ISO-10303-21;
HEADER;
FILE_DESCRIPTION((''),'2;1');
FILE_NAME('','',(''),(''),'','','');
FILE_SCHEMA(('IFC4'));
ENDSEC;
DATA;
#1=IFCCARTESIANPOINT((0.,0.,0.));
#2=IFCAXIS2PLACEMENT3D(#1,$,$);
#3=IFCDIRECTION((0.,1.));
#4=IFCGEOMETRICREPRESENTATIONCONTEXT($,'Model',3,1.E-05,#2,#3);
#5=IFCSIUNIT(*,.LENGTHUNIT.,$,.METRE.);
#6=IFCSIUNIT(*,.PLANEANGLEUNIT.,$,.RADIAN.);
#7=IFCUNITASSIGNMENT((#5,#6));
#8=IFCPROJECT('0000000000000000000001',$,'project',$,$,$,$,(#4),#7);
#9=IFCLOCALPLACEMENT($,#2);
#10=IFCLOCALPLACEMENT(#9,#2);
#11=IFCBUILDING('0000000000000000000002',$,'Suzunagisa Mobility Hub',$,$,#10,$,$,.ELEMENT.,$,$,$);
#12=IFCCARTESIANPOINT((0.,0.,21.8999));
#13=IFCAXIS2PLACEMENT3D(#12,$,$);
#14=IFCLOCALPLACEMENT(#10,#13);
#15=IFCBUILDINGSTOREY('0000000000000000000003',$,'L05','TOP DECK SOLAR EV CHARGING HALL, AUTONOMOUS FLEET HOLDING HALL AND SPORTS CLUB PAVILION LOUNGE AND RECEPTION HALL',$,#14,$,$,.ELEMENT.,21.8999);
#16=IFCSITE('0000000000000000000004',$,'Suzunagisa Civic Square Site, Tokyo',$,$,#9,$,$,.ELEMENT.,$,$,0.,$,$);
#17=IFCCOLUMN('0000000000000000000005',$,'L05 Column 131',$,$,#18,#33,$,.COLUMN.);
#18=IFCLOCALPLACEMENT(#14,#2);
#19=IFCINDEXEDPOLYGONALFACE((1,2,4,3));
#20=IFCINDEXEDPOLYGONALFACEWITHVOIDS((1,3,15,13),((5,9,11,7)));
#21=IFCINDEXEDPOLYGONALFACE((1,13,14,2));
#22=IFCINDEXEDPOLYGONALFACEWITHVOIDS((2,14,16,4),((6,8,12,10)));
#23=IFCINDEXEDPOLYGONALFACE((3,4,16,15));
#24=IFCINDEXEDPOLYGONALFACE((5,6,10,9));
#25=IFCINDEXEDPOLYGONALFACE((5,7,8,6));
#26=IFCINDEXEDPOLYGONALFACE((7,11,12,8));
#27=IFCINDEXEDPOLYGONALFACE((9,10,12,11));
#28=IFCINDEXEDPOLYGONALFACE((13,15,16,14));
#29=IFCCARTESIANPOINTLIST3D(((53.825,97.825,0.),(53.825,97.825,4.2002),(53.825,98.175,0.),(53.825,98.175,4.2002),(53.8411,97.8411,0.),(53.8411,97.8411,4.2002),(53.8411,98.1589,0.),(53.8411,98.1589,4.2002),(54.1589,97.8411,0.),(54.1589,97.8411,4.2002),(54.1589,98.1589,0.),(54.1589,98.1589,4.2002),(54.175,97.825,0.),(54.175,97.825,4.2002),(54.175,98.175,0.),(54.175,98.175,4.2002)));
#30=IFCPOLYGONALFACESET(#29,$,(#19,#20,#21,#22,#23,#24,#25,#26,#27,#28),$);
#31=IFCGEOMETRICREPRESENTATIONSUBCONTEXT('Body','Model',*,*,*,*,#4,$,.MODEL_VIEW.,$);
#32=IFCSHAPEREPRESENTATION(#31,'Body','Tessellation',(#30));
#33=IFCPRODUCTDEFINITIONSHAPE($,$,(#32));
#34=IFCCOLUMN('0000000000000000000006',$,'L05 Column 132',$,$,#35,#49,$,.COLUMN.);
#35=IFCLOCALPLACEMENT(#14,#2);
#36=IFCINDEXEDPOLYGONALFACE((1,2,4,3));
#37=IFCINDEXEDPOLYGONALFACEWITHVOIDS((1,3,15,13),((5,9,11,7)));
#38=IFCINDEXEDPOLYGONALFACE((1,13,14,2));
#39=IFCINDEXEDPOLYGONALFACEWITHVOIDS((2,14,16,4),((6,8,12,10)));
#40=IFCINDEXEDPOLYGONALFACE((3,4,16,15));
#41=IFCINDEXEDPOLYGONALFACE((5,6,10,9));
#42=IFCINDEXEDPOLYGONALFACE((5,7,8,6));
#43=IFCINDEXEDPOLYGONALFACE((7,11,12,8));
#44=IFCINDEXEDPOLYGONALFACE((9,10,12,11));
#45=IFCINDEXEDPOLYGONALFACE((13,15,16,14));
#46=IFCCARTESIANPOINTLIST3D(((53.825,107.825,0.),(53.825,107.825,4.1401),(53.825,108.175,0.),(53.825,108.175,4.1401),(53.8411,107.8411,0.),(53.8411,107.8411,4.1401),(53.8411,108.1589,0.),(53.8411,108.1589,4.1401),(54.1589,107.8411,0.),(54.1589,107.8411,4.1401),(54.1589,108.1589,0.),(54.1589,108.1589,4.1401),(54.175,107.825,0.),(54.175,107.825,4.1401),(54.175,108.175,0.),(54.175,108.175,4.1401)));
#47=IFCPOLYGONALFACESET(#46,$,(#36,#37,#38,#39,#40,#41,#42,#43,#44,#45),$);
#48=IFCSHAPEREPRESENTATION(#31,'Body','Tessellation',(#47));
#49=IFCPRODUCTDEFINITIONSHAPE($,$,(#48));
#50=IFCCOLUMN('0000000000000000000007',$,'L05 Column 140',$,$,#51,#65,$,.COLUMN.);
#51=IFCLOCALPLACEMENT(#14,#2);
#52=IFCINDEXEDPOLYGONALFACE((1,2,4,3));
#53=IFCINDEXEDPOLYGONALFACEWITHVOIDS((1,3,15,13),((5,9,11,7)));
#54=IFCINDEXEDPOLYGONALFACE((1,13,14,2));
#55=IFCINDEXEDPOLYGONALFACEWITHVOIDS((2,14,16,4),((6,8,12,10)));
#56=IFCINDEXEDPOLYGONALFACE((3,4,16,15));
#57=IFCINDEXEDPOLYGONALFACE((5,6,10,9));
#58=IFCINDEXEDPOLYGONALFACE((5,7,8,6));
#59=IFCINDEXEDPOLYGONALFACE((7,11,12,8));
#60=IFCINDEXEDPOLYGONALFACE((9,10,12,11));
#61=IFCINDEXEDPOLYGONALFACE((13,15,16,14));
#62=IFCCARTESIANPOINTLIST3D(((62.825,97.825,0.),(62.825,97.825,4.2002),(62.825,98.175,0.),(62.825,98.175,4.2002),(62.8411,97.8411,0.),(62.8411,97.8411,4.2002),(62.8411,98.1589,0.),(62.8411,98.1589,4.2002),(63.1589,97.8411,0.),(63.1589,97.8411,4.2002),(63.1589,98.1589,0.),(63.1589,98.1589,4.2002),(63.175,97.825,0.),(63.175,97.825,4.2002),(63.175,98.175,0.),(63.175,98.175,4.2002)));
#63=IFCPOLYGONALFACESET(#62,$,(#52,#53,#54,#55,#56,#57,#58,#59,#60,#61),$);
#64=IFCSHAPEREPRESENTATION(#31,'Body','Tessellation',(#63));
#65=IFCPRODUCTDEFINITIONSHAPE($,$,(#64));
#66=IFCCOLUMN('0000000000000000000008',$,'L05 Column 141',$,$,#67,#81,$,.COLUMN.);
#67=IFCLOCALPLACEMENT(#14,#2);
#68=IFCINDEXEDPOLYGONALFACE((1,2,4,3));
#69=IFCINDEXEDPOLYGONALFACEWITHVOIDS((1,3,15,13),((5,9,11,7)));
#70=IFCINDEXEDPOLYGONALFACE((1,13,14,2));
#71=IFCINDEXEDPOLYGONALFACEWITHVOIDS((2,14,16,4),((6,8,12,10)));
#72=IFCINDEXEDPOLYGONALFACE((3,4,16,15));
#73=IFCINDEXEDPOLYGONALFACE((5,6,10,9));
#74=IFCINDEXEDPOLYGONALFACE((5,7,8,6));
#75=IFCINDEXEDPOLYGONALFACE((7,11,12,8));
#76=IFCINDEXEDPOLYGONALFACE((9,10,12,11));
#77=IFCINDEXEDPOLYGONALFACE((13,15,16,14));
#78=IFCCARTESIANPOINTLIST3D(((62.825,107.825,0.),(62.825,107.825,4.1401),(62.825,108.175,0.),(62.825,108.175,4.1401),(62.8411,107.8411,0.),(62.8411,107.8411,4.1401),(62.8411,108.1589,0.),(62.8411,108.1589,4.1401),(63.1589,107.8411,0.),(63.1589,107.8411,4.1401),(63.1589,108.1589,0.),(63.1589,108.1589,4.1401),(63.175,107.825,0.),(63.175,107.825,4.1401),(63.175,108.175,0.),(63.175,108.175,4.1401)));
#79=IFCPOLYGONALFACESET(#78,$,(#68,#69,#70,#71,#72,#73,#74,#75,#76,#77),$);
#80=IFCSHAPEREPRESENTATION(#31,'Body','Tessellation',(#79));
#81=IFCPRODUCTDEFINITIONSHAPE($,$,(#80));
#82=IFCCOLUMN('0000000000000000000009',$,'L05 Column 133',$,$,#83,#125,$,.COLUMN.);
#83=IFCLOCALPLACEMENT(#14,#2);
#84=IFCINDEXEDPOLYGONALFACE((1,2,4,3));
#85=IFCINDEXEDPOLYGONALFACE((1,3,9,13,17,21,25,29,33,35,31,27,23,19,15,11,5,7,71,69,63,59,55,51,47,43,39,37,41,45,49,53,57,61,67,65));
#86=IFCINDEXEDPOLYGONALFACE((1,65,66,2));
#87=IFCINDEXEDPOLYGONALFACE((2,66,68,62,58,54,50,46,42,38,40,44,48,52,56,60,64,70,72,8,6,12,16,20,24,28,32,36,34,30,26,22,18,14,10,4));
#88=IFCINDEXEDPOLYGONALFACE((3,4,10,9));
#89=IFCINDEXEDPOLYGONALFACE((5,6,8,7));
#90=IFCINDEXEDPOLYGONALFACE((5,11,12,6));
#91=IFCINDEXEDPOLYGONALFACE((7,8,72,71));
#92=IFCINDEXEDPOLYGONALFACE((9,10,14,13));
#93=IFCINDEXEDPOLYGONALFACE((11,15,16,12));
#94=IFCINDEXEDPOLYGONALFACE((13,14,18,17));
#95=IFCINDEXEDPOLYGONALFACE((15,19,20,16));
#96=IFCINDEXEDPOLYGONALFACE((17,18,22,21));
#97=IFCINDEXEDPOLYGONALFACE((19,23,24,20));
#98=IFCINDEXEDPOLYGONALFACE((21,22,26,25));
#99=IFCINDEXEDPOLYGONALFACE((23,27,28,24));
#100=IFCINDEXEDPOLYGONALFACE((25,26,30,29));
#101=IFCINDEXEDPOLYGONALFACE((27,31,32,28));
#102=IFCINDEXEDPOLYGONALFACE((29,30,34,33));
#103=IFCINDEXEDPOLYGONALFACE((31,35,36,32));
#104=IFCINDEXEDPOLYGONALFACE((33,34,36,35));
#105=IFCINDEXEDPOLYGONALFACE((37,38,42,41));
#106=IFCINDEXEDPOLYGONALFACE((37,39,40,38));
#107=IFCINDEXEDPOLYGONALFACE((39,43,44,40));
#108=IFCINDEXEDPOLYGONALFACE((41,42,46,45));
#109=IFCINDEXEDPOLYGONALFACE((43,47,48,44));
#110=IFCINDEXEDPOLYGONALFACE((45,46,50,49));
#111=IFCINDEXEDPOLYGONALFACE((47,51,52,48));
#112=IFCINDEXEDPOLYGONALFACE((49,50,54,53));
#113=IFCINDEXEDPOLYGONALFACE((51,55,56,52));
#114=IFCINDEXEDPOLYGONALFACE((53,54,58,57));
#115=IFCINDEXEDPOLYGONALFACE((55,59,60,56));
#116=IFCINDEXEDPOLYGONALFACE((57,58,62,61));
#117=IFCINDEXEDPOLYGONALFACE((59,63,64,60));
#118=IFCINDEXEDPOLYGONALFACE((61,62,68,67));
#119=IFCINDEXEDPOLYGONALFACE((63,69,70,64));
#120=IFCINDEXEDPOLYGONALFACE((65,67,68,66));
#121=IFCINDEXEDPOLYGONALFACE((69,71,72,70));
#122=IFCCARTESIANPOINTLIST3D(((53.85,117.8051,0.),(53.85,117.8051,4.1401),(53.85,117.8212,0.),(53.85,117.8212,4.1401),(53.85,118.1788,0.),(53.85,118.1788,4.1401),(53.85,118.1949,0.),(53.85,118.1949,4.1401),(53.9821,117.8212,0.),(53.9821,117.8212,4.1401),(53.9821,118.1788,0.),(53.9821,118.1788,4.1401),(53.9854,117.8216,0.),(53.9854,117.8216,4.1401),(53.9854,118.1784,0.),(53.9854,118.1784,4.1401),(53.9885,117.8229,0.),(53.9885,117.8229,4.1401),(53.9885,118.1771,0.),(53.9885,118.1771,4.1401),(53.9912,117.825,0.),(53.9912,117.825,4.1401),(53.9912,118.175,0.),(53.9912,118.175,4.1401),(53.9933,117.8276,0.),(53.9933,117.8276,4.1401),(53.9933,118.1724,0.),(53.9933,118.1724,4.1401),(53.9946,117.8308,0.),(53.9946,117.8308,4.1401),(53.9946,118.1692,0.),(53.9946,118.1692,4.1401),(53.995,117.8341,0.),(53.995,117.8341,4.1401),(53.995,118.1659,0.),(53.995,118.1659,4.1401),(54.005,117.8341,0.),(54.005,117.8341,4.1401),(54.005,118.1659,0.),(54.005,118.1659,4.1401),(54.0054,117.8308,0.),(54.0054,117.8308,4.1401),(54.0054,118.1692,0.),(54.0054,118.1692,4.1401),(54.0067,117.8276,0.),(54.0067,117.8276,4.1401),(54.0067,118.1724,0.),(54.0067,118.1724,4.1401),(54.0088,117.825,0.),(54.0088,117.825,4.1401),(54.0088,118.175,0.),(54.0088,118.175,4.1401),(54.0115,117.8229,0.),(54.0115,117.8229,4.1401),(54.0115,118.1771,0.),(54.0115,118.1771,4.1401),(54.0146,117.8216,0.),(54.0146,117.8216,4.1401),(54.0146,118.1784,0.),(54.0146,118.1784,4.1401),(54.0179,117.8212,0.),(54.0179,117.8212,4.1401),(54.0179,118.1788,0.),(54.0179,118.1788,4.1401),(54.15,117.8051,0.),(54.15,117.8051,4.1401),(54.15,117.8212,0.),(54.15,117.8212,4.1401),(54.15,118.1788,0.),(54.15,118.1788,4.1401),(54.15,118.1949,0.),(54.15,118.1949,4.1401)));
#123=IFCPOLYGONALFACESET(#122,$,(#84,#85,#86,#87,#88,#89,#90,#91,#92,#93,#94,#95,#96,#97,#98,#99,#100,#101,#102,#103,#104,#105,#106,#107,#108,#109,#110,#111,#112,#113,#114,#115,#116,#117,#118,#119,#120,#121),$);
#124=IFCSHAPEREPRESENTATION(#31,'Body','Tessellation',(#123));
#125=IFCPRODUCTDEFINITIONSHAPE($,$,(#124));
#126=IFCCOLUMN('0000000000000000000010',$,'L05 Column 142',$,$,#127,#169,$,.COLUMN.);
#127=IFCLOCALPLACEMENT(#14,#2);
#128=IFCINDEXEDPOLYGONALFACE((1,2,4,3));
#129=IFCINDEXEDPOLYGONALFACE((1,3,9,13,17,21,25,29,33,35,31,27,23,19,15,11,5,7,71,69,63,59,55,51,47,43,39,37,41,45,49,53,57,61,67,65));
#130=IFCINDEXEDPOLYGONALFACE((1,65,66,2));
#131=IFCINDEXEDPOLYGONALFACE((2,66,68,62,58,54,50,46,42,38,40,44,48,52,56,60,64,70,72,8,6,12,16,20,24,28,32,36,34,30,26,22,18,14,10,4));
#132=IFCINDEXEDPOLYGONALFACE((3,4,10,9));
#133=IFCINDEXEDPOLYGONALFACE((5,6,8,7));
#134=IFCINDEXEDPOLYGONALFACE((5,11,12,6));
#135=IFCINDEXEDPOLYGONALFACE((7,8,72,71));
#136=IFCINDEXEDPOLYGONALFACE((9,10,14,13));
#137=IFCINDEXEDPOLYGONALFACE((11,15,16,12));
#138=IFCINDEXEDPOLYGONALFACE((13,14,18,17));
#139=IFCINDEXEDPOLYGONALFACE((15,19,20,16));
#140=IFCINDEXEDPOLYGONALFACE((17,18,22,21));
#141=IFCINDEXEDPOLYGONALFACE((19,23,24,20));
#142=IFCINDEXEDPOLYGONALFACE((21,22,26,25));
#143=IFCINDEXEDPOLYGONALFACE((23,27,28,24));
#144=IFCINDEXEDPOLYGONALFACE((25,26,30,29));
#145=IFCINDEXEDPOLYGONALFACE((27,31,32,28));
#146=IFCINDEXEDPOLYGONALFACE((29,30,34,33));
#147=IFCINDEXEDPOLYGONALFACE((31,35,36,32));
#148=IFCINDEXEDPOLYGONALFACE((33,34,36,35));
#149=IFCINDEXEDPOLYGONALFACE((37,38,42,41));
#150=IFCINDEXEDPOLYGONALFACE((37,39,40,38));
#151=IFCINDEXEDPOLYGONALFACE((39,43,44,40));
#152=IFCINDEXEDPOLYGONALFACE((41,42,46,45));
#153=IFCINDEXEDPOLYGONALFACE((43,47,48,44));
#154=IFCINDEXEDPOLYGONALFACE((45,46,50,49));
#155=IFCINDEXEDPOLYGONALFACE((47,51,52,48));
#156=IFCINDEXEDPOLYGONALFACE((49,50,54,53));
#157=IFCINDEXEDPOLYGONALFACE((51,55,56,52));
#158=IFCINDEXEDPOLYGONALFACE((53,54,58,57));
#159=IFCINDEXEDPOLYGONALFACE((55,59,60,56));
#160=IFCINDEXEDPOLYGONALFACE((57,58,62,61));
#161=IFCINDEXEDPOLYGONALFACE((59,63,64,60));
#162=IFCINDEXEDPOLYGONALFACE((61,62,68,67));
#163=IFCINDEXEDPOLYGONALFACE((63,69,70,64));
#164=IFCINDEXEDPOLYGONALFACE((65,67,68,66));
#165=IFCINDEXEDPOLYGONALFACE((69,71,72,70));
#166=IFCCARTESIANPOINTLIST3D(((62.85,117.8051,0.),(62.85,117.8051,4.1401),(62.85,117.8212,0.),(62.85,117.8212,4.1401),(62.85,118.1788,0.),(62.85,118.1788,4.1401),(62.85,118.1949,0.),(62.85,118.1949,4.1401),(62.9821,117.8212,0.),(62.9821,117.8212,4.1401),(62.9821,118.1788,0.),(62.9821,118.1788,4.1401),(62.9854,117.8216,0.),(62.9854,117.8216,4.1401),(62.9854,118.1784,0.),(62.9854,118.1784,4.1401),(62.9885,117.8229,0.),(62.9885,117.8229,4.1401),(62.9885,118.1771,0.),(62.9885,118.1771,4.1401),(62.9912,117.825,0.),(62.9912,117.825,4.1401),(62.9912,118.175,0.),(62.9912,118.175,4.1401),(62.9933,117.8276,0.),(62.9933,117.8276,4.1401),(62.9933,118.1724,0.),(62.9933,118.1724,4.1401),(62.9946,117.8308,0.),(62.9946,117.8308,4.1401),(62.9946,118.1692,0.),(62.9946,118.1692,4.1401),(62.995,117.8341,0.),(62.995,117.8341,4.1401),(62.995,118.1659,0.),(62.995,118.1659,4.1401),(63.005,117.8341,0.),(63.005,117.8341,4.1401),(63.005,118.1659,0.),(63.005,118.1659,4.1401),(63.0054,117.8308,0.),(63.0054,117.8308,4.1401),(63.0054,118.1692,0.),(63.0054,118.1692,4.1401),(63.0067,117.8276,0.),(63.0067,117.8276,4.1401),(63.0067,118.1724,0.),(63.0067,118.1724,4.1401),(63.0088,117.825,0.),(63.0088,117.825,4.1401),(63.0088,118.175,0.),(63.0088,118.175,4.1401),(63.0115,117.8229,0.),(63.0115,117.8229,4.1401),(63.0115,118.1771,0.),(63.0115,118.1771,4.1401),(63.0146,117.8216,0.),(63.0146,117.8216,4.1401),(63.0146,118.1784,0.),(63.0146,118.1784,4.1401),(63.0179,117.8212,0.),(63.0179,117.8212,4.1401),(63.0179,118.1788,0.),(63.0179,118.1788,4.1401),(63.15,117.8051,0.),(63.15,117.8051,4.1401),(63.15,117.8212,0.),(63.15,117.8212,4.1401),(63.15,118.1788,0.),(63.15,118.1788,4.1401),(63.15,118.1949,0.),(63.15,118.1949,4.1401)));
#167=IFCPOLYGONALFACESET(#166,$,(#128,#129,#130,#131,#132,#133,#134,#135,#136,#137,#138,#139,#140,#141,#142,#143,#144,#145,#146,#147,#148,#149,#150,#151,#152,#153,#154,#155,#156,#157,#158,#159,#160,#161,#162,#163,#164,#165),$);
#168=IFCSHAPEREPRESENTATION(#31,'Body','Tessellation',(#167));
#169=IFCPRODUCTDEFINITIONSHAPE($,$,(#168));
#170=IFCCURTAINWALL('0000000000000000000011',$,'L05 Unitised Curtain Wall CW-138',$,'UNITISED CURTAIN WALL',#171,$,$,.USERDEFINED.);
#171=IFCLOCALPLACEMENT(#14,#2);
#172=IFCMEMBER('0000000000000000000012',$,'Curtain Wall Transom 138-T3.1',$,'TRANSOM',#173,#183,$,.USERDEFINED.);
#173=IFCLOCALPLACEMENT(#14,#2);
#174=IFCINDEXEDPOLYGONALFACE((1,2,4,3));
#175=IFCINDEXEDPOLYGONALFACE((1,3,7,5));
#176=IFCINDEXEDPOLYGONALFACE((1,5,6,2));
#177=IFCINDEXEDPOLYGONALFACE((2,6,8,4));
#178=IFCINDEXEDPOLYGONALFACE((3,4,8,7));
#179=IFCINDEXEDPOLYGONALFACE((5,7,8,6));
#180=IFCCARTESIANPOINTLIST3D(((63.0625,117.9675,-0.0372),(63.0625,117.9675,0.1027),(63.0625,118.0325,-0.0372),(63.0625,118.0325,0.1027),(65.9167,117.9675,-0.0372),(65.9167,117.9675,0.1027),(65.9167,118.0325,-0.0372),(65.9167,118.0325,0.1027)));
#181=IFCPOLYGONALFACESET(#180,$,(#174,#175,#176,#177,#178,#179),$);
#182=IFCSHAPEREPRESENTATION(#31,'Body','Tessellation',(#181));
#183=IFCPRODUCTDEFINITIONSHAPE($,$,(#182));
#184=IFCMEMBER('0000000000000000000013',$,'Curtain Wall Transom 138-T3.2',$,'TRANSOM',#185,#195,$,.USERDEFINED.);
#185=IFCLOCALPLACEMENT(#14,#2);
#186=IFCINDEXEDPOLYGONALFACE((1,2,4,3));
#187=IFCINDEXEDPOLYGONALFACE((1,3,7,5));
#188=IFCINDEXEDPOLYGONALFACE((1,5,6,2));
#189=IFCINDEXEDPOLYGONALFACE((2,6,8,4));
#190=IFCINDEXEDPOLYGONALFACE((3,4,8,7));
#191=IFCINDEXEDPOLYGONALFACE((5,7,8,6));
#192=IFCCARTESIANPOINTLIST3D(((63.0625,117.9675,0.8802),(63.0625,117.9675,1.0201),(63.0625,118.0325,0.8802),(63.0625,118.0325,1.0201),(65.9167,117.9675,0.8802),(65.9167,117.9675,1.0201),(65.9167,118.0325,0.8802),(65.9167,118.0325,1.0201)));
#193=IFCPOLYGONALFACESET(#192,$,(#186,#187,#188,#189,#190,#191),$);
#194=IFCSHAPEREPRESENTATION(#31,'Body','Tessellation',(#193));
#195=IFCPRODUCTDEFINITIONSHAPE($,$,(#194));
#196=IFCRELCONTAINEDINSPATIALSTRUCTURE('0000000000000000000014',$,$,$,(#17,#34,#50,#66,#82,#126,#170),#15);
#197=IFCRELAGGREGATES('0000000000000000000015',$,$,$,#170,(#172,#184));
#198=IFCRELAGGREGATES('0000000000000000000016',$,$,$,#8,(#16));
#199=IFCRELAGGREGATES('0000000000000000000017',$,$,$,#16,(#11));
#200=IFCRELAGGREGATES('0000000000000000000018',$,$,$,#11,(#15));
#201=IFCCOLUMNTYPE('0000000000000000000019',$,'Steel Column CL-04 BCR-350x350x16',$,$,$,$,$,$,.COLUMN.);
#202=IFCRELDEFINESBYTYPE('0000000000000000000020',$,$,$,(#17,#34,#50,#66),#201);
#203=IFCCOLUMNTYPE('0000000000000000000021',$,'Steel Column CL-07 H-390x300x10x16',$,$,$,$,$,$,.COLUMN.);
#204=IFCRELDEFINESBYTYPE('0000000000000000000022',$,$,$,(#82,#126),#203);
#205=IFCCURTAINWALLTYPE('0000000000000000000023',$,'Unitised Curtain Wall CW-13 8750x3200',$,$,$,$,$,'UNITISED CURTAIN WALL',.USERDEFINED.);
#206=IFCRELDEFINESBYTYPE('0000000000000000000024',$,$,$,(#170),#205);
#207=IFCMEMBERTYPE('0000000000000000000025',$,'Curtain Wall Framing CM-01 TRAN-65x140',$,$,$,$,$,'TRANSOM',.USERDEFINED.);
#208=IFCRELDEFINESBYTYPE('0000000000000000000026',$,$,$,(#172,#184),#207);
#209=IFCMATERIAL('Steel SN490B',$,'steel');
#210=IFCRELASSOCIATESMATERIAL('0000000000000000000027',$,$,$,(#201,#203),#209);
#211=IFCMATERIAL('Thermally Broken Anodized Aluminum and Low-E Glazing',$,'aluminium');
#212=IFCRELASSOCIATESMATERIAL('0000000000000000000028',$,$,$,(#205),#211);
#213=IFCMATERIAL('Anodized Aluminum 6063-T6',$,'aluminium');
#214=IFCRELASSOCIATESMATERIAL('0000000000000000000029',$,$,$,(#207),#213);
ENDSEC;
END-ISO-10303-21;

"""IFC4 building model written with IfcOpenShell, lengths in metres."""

from ifc_helpers import new_model, si_unit, direction, frame, origin, origin_2d, place, context, subcontext, project, spatial, rectangle, hollow_rectangle, i_section, extrude, material, material_profile, profile_set, type_object, element, aggregate, save


model = new_model("IFC4")

# Units and contexts
model_context = context("Model", 3, precision=1e-05, world=origin(), true_north=direction((0.0, 1.0)))
body_context = subcontext(model_context, "Body", "Model", "MODEL_VIEW")
ifc_project = project(units=[si_unit("LENGTHUNIT", "METRE"), si_unit("PLANEANGLEUNIT", "RADIAN")], contexts=[model_context])

# Site, building, storey
site_placement = place(None, origin())
site = spatial("IfcSite", under=ifc_project, at=site_placement, Name="Suzunagisa Civic Square Site, Tokyo", CompositionType="ELEMENT", RefElevation=0.0)
building_placement = place(site_placement, origin())
building = spatial("IfcBuilding", under=site, at=building_placement, Name="Suzunagisa Mobility Hub", CompositionType="ELEMENT")
storey_placement = place(building_placement, frame((0.0, 0.0, 21.8999)))
storey = spatial("IfcBuildingStorey", under=building, at=storey_placement, Name="L05", Description="TOP DECK SOLAR EV CHARGING HALL, AUTONOMOUS FLEET HOLDING HALL AND SPORTS CLUB PAVILION LOUNGE AND RECEPTION HALL", CompositionType="ELEMENT", Elevation=21.8999)

# Columns
ifc_material_1 = material(Name="Steel SN490B", Category="steel")
ifc_material_profile_1 = material_profile(ifc_material_1, hollow_rectangle(XDim=0.3501, YDim=0.3501, WallThickness=0.0161, at=origin_2d()), Name="BCR-350x350x16")
ifc_profile_set_1 = profile_set([ifc_material_profile_1], Name="Steel SN490B")
column_type_1 = type_object("IfcColumnType", Name="Steel Column CL-04 BCR-350x350x16", PredefinedType="COLUMN", material=ifc_profile_set_1)
column_1_placement = place(storey_placement, frame((54.0, 98.0, 0.0), z_axis=(0.0, 0.0, 1.0), x_axis=(1.0, 0.0, 0.0)))
element("IfcColumn", 1, at=column_1_placement, inside=storey, type_object=column_type_1, Name="L05 Column 131", PredefinedType="COLUMN", context=body_context, shape_type="SweptSolid", body=[
    extrude(hollow_rectangle(XDim=0.3501, YDim=0.3501, WallThickness=0.0161, at=origin_2d()), origin(), (0.0, 0.0, 1.0), 4.2002),
])
column_2_placement = place(storey_placement, frame((54.0, 108.0, 0.0), z_axis=(0.0, 0.0, 1.0), x_axis=(1.0, 0.0, 0.0)))
element("IfcColumn", 2, at=column_2_placement, inside=storey, type_object=column_type_1, Name="L05 Column 132", PredefinedType="COLUMN", context=body_context, shape_type="SweptSolid", body=[
    extrude(hollow_rectangle(XDim=0.3501, YDim=0.3501, WallThickness=0.0161, at=origin_2d()), origin(), (0.0, 0.0, 1.0), 4.1401),
])
column_3_placement = place(storey_placement, frame((63.0, 98.0, 0.0), z_axis=(0.0, 0.0, 1.0), x_axis=(1.0, 0.0, 0.0)))
element("IfcColumn", 3, at=column_3_placement, inside=storey, type_object=column_type_1, Name="L05 Column 140", PredefinedType="COLUMN", context=body_context, shape_type="SweptSolid", body=[
    extrude(hollow_rectangle(XDim=0.3501, YDim=0.3501, WallThickness=0.0161, at=origin_2d()), origin(), (0.0, 0.0, 1.0), 4.2002),
])
column_4_placement = place(storey_placement, frame((63.0, 108.0, 0.0), z_axis=(0.0, 0.0, 1.0), x_axis=(1.0, 0.0, 0.0)))
element("IfcColumn", 4, at=column_4_placement, inside=storey, type_object=column_type_1, Name="L05 Column 141", PredefinedType="COLUMN", context=body_context, shape_type="SweptSolid", body=[
    extrude(hollow_rectangle(XDim=0.3501, YDim=0.3501, WallThickness=0.0161, at=origin_2d()), origin(), (0.0, 0.0, 1.0), 4.1401),
])
ifc_material_profile_2 = material_profile(ifc_material_1, i_section(OverallWidth=0.3, OverallDepth=0.3899, WebThickness=0.01, FlangeThickness=0.0161, FilletRadius=0.0129, at=origin_2d()), Name="H-390x300x10x16")
ifc_profile_set_2 = profile_set([ifc_material_profile_2], Name="Steel SN490B")
column_type_2 = type_object("IfcColumnType", Name="Steel Column CL-07 H-390x300x10x16", PredefinedType="COLUMN", material=ifc_profile_set_2)
for number, where, z_axis, x_axis, name in (
    (5, (54.0, 118.0, 0.0), (0.0, 0.0, 1.0), (1.0, 0.0, 0.0), "L05 Column 133"),
    (6, (63.0, 118.0, 0.0), (0.0, 0.0, 1.0), (1.0, 0.0, 0.0), "L05 Column 142"),
):
    element("IfcColumn", number, at=place(storey_placement, frame(where, z_axis=z_axis, x_axis=x_axis)), inside=storey, type_object=column_type_2, Name=name, PredefinedType="COLUMN", context=body_context, shape_type="SweptSolid", body=[
        extrude(i_section(OverallWidth=0.3, OverallDepth=0.3899, WebThickness=0.01, FlangeThickness=0.0161, FilletRadius=0.0129, at=origin_2d()), origin(), (0.0, 0.0, 1.0), 4.1401),
    ])

# Curtain wall, members
ifc_material_2 = material(Name="Thermally Broken Anodized Aluminum and Low-E Glazing", Category="aluminium")
curtain_wall_type = type_object("IfcCurtainWallType", Name="Unitised Curtain Wall CW-13 8750x3200", ElementType="UNITISED CURTAIN WALL", PredefinedType="USERDEFINED", material=ifc_material_2)
curtain_wall_placement = place(storey_placement, origin())
curtain_wall = element("IfcCurtainWall", 7, at=curtain_wall_placement, inside=storey, type_object=curtain_wall_type, Name="L05 Unitised Curtain Wall CW-138", ObjectType="UNITISED CURTAIN WALL", PredefinedType="USERDEFINED")
ifc_material_3 = material(Name="Anodized Aluminum 6063-T6", Category="aluminium")
ifc_material_profile_3 = material_profile(ifc_material_3, rectangle(XDim=0.0649, YDim=0.1399, at=origin_2d()), Name="TRAN-65x140")
ifc_profile_set_3 = profile_set([ifc_material_profile_3], Name="Anodized Aluminum 6063-T6")
member_type_1 = type_object("IfcMemberType", Name="Curtain Wall Framing CM-01 TRAN-65x140", ElementType="TRANSOM", PredefinedType="USERDEFINED", material=ifc_profile_set_3)
member_1_placement = place(storey_placement, frame((65.9167, 118.0, 0.0327), z_axis=(-1.0, 0.0, 0.0), x_axis=(0.0, -1.0, 0.0)))
member_1 = element("IfcMember", 8, at=member_1_placement, type_object=member_type_1, Name="Curtain Wall Transom 138-T3.1", ObjectType="TRANSOM", PredefinedType="USERDEFINED", context=body_context, shape_type="SweptSolid", body=[
    extrude(rectangle(XDim=0.0649, YDim=0.1399, at=origin_2d()), origin(), (0.0, 0.0, 1.0), 2.8542),
])
member_2_placement = place(storey_placement, frame((65.9167, 118.0, 0.9502), z_axis=(-1.0, 0.0, 0.0), x_axis=(0.0, -1.0, 0.0)))
member_2 = element("IfcMember", 9, at=member_2_placement, type_object=member_type_1, Name="Curtain Wall Transom 138-T3.2", ObjectType="TRANSOM", PredefinedType="USERDEFINED", context=body_context, shape_type="SweptSolid", body=[
    extrude(rectangle(XDim=0.0649, YDim=0.1399, at=origin_2d()), origin(), (0.0, 0.0, 1.0), 2.8542),
])

aggregate(curtain_wall, [member_1, member_2])

save(model, "model.ifc")
